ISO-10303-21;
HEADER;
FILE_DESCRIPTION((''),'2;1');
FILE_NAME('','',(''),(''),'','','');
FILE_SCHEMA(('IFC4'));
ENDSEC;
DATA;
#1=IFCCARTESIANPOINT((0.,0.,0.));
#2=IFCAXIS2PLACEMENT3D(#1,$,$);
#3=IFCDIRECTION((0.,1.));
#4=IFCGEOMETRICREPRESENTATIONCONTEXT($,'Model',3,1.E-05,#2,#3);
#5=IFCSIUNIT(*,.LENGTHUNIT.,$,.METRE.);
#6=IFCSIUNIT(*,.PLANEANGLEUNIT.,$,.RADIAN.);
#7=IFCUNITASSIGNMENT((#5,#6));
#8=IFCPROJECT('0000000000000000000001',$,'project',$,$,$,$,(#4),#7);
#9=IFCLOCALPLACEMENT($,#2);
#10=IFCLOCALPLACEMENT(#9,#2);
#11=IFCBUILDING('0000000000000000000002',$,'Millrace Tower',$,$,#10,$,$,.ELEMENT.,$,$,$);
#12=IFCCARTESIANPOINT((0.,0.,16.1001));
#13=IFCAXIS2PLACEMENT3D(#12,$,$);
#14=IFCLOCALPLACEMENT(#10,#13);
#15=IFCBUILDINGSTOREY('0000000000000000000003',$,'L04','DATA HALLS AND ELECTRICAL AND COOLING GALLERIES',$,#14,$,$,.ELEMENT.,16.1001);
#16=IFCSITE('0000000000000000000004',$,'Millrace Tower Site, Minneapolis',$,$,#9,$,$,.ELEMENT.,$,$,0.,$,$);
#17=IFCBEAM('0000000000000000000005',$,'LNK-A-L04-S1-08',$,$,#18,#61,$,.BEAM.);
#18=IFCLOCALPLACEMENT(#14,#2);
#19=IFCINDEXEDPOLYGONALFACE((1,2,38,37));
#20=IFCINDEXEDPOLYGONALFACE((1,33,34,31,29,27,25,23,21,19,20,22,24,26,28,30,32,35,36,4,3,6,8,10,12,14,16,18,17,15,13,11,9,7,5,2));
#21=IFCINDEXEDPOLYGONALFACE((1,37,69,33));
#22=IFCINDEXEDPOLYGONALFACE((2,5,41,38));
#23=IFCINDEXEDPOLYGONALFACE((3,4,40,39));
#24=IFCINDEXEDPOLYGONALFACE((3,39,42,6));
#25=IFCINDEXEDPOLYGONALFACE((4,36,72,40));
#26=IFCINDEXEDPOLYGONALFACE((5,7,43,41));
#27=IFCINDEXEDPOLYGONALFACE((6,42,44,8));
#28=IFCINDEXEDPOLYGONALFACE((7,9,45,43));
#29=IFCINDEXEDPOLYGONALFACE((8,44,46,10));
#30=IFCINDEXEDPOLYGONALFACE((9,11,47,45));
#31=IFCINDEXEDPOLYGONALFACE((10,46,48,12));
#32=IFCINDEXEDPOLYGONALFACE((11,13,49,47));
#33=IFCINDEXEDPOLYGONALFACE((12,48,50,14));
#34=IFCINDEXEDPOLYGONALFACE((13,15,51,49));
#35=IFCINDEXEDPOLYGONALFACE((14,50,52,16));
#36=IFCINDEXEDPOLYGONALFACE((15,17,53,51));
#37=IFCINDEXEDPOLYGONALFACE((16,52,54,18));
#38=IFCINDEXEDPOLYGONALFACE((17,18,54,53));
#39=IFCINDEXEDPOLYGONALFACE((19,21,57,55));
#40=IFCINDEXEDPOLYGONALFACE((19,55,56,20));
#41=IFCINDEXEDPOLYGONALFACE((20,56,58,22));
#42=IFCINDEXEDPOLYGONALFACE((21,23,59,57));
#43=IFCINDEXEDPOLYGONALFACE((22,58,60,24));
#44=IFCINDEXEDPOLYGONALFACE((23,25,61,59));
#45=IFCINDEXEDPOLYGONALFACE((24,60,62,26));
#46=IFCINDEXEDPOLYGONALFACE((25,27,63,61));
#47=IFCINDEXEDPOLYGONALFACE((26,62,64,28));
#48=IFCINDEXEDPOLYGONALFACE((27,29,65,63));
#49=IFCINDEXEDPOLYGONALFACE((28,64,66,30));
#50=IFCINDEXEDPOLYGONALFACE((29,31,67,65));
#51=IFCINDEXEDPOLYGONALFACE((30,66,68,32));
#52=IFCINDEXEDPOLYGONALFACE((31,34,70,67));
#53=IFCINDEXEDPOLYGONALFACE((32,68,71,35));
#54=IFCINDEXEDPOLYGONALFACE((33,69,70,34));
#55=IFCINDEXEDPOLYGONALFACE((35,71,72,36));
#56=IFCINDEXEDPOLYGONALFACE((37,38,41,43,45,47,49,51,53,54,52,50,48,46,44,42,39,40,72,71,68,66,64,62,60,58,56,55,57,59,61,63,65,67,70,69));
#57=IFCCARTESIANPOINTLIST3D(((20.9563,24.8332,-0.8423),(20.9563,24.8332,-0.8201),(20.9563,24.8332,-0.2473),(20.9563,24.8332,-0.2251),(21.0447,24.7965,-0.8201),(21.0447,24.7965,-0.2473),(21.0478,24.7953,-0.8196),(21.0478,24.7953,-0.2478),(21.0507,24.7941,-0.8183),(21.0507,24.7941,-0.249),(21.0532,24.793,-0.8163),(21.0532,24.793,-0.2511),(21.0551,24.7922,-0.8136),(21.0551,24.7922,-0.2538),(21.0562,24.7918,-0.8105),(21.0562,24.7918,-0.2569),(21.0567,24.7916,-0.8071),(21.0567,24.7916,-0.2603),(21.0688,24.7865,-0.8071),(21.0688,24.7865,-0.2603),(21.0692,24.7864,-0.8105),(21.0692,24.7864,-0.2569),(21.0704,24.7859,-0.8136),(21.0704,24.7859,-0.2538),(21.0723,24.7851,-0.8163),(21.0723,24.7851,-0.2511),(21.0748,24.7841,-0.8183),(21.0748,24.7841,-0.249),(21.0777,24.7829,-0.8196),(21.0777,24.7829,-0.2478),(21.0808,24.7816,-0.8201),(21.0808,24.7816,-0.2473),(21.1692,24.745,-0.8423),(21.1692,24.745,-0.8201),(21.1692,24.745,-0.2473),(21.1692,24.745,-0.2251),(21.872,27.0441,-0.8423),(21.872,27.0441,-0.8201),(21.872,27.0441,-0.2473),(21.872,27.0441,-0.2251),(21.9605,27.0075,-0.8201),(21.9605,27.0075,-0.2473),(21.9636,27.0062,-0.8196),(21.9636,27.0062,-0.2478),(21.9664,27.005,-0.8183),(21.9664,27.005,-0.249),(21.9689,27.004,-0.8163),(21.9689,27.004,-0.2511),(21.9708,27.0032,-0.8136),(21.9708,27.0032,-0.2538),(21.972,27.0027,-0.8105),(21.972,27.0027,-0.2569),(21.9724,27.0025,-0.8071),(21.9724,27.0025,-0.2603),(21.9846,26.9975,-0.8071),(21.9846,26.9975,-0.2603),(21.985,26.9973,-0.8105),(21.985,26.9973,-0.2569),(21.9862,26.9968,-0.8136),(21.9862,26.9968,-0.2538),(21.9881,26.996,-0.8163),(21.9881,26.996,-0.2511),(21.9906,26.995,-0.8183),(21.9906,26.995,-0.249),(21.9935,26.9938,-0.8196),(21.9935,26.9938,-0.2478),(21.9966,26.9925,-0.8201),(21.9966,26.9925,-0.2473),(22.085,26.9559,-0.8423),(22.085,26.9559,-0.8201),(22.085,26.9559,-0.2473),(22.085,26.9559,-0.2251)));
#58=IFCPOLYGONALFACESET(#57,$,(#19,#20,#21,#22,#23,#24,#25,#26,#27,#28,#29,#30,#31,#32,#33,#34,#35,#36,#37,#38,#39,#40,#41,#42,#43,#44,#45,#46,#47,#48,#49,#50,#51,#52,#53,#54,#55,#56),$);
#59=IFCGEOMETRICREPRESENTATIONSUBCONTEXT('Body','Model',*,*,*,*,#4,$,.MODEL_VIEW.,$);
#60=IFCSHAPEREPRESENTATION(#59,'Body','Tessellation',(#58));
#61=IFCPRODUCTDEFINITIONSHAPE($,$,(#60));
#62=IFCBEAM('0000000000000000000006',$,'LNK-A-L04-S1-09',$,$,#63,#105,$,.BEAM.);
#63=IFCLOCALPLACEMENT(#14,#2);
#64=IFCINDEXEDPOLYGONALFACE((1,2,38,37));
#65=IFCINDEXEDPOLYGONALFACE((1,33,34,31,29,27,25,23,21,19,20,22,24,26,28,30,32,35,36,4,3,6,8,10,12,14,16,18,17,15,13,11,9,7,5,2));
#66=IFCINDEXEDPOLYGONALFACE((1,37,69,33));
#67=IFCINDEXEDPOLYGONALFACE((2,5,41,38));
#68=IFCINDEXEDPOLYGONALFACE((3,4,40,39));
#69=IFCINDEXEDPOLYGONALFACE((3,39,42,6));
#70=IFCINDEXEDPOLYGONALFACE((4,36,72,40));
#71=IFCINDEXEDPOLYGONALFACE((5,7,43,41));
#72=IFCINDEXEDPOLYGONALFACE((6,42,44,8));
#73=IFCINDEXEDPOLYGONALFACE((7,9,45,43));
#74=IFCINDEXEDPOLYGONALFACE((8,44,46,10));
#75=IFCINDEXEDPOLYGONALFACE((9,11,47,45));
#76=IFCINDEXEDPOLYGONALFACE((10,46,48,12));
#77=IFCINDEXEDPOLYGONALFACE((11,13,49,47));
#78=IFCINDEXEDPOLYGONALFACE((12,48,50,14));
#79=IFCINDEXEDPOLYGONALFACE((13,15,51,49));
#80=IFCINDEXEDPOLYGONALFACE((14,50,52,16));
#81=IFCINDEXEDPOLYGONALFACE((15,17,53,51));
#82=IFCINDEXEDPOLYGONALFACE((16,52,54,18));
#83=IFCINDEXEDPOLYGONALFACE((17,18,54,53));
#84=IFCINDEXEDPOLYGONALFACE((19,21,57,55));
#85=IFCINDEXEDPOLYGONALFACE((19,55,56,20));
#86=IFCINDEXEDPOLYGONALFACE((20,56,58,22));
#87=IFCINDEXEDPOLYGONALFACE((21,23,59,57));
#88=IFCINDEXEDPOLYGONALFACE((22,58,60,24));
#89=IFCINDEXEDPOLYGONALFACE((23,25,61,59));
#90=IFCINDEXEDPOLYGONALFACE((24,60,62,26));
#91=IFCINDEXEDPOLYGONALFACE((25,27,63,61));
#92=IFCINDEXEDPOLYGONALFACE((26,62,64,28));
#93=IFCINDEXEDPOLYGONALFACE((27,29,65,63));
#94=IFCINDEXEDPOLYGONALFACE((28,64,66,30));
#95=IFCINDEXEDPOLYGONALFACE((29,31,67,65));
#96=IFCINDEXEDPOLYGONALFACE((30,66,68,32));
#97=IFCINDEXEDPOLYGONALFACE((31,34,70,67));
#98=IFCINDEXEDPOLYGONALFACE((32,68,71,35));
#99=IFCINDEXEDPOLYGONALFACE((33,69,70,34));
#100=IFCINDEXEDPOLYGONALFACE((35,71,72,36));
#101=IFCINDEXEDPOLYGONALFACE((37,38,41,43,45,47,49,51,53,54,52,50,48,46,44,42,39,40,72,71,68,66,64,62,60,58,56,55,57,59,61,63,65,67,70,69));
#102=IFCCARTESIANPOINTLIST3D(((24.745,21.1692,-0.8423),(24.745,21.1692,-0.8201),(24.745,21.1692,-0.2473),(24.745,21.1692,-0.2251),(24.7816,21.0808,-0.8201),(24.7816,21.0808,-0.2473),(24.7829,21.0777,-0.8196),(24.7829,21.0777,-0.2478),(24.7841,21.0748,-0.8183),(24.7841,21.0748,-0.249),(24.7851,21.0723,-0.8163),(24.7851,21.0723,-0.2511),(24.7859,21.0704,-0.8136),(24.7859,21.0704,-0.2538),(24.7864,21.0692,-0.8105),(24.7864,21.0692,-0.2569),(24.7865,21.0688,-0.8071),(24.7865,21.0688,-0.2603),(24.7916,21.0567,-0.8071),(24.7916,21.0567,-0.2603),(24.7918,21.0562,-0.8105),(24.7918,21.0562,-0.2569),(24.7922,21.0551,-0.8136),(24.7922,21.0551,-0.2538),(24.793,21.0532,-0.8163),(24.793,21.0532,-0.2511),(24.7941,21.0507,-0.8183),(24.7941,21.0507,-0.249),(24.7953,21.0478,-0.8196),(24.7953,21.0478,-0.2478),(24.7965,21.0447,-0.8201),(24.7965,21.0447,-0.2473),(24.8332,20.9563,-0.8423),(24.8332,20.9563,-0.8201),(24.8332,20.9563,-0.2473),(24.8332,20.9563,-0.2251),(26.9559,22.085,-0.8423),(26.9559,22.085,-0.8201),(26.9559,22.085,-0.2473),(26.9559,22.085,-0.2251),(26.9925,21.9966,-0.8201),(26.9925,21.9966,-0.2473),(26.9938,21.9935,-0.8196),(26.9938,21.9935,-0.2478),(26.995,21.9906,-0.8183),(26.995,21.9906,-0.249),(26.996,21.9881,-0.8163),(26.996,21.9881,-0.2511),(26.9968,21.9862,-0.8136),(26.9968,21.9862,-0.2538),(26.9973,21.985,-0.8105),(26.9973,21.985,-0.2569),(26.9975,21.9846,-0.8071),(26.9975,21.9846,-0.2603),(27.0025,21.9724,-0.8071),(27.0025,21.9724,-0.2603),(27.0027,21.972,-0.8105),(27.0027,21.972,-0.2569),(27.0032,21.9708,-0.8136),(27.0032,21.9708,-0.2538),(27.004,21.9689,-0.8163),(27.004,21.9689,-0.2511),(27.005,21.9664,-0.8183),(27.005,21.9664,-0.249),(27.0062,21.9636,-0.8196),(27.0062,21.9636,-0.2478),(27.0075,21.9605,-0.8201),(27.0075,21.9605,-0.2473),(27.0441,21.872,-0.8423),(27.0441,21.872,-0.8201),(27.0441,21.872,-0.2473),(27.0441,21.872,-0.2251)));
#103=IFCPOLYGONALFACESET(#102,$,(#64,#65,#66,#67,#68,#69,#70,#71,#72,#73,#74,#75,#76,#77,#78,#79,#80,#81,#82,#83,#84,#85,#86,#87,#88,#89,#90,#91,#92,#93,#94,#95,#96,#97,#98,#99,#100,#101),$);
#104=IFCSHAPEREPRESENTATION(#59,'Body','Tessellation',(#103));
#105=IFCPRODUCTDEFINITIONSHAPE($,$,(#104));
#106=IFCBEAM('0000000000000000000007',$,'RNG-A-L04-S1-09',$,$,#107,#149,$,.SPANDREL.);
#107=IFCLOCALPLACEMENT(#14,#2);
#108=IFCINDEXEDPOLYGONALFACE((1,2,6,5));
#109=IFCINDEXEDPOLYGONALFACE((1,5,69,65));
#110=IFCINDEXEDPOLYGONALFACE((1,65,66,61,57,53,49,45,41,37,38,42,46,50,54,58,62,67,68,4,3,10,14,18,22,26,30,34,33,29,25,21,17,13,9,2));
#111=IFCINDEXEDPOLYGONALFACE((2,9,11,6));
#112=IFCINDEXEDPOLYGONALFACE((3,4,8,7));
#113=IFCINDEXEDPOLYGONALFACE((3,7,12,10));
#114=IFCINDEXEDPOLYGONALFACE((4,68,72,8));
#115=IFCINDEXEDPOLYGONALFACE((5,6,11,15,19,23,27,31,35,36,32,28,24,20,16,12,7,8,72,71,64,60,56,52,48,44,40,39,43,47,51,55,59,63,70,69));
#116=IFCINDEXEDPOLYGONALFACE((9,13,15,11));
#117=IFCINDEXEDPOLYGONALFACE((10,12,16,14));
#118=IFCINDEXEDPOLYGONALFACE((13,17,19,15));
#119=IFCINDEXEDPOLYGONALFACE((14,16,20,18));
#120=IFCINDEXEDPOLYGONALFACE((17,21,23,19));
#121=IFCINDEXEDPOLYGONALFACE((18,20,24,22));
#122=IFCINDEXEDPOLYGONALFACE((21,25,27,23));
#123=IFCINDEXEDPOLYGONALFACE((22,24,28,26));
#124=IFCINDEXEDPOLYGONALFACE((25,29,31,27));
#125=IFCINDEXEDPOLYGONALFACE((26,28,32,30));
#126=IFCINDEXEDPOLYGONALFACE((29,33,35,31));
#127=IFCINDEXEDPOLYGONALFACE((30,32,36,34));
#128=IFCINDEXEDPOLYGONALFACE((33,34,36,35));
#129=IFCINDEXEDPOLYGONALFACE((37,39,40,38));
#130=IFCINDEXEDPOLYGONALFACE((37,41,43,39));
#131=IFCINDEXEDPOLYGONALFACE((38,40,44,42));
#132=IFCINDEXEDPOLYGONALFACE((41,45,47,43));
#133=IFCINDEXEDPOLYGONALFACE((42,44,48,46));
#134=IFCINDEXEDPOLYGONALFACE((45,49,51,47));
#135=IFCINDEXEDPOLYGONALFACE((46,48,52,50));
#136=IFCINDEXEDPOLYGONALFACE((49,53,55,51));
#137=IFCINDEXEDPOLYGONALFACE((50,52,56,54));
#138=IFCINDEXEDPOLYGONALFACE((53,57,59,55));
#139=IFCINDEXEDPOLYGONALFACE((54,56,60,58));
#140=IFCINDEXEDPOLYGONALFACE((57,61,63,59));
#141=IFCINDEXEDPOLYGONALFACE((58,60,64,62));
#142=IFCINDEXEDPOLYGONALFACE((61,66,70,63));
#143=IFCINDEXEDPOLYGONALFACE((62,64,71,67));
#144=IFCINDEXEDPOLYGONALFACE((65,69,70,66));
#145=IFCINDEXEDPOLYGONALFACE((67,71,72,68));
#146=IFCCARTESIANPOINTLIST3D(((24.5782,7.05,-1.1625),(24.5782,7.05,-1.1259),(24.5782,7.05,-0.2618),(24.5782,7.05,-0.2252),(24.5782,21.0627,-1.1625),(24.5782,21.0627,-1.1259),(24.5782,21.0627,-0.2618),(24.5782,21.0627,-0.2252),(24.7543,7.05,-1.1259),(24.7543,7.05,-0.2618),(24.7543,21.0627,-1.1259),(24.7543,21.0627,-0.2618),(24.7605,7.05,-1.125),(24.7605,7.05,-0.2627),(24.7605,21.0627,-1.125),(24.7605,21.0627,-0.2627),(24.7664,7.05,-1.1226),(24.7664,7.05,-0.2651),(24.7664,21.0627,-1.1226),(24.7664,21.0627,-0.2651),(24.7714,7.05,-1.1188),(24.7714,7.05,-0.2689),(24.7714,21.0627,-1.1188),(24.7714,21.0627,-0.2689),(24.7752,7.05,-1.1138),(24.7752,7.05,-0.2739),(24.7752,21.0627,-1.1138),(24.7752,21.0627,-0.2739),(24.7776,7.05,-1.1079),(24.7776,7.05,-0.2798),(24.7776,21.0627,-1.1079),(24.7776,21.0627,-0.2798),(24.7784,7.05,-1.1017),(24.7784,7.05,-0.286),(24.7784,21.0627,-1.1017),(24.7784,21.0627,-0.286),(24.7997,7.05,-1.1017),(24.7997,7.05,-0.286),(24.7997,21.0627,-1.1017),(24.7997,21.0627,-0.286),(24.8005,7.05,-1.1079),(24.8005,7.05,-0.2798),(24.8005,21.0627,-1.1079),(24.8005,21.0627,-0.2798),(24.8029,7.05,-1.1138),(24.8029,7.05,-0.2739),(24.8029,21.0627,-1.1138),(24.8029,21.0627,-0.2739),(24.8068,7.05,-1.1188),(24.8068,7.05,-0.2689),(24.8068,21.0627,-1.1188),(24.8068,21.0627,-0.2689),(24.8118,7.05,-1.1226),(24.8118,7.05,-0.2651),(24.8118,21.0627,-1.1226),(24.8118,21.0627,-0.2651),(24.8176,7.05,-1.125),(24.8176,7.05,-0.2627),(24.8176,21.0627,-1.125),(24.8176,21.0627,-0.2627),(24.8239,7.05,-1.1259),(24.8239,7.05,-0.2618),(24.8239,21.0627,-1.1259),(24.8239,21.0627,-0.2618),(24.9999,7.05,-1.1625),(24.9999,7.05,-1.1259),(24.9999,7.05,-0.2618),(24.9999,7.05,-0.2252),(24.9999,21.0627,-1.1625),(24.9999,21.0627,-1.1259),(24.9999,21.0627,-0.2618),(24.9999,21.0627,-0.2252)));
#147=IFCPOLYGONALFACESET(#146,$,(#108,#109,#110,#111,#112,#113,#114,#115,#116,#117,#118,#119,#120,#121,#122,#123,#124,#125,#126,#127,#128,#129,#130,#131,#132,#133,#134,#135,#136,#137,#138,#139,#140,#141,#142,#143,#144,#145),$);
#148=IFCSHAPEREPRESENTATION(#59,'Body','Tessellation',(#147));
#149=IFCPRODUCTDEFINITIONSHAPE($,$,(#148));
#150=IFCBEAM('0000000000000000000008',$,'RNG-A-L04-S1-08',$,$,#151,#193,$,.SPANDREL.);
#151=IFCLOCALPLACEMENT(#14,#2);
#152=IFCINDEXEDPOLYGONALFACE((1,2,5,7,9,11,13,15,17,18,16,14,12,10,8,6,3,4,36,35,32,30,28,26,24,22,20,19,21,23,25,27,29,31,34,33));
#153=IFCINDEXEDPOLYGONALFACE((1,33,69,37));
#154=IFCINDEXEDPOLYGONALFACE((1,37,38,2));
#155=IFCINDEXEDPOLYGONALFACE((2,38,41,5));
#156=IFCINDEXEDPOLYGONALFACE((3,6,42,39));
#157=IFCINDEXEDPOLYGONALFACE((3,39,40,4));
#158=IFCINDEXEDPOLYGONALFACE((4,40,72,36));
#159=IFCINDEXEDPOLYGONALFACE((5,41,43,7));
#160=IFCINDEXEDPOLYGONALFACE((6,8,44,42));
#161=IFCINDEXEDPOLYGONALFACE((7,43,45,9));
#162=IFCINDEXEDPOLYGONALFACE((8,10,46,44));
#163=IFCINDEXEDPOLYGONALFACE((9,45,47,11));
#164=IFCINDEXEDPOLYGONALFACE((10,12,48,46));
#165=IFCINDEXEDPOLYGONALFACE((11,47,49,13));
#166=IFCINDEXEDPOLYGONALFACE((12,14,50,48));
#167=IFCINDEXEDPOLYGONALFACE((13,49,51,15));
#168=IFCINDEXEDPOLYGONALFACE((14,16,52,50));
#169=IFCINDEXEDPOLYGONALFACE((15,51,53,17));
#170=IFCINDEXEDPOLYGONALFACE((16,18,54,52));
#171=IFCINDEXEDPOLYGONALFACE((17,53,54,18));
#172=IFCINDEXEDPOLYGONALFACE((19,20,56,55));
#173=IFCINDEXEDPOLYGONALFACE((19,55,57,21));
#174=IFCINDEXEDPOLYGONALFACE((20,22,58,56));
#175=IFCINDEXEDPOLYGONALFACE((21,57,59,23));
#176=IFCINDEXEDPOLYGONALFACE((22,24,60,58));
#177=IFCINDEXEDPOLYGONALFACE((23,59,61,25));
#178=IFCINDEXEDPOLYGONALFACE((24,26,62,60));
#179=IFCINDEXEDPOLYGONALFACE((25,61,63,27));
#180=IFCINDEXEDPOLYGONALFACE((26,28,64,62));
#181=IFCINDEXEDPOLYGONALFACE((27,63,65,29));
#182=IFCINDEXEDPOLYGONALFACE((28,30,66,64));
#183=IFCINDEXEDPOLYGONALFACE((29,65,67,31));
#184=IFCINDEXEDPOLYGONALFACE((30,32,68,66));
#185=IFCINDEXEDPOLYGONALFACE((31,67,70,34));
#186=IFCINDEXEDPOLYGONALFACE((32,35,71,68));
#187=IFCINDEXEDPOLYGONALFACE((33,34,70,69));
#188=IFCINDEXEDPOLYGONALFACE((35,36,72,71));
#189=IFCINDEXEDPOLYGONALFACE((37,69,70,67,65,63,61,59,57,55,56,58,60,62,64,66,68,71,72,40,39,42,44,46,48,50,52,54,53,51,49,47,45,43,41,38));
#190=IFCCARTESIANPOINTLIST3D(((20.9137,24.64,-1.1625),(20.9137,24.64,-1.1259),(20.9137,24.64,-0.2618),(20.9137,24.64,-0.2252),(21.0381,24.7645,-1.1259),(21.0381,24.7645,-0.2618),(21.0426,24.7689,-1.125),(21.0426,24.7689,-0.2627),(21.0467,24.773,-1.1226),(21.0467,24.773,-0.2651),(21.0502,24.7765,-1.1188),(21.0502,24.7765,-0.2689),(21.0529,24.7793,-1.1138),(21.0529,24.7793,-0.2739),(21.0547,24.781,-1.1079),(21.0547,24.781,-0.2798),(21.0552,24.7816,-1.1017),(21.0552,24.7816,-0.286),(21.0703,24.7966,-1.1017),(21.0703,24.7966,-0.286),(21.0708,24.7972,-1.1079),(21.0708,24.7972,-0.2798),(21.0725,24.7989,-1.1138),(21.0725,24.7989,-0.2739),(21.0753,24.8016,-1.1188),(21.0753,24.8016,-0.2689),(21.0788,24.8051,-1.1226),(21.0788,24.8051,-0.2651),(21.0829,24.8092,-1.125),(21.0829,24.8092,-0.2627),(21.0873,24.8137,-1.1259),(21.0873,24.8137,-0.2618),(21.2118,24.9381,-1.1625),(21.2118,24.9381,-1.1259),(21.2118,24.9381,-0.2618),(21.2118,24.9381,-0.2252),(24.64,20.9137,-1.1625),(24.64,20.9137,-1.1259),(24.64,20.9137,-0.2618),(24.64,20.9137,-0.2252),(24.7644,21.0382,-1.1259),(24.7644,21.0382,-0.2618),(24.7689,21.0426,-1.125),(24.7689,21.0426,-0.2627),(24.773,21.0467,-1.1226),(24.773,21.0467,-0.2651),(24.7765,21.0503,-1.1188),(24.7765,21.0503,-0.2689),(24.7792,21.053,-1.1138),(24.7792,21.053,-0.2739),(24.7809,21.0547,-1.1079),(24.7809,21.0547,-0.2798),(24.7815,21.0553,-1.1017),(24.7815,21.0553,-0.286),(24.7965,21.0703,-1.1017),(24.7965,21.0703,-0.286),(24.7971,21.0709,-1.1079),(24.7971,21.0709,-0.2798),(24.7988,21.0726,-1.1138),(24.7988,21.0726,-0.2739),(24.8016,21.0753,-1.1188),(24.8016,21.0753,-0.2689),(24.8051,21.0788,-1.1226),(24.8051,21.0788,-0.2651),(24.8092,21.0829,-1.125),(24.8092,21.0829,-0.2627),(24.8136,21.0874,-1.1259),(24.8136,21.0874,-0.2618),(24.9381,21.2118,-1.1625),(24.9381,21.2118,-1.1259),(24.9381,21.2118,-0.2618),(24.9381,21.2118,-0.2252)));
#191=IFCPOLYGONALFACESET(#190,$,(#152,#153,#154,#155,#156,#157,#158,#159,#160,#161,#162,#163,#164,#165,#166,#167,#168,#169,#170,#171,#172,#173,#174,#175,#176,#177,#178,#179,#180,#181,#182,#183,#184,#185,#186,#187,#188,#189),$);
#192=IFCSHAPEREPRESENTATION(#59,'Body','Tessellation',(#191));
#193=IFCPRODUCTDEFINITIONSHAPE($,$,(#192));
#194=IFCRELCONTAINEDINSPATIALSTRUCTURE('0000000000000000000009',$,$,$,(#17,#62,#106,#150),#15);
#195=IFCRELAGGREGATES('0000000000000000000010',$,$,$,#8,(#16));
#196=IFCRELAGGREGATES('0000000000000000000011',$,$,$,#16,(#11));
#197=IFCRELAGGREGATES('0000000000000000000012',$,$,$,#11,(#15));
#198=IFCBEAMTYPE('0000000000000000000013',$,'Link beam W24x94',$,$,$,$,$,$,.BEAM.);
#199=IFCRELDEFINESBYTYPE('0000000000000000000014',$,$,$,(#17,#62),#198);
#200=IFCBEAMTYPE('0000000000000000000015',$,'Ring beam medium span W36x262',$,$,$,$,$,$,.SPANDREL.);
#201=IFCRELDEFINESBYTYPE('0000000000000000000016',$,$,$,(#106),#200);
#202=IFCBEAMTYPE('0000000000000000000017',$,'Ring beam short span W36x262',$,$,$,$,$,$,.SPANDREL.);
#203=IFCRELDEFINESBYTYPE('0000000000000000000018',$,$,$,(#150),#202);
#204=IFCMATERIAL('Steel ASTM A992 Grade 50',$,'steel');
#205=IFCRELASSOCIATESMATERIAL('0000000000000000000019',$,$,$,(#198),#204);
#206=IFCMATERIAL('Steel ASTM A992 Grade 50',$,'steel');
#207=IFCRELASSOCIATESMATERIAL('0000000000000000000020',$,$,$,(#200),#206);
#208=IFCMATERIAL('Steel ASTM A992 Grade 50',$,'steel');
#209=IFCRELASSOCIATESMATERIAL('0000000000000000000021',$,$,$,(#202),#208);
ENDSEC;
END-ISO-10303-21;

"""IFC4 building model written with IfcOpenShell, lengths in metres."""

from ifc_helpers import new_model, si_unit, direction, frame, origin, origin_2d, place, context, subcontext, project, spatial, i_section, extrude, material, material_profile, profile_set, type_object, element, save


model = new_model("IFC4")

# Units and contexts
model_context = context("Model", 3, precision=1e-05, world=origin(), true_north=direction((0.0, 1.0)))
body_context = subcontext(model_context, "Body", "Model", "MODEL_VIEW")
ifc_project = project(units=[si_unit("LENGTHUNIT", "METRE"), si_unit("PLANEANGLEUNIT", "RADIAN")], contexts=[model_context])

# Site, building, storey
site_placement = place(None, origin())
site = spatial("IfcSite", under=ifc_project, at=site_placement, Name="Millrace Tower Site, Minneapolis", CompositionType="ELEMENT", RefElevation=0.0)
building_placement = place(site_placement, origin())
building = spatial("IfcBuilding", under=site, at=building_placement, Name="Millrace Tower", CompositionType="ELEMENT")
storey_placement = place(building_placement, frame((0.0, 0.0, 16.1001)))
storey = spatial("IfcBuildingStorey", under=building, at=storey_placement, Name="L04", Description="DATA HALLS AND ELECTRICAL AND COOLING GALLERIES", CompositionType="ELEMENT", Elevation=16.1001)

# Beams
ifc_material_1 = material(Name="Steel ASTM A992 Grade 50", Category="steel")
ifc_material_profile_1 = material_profile(ifc_material_1, i_section(OverallWidth=0.2305, OverallDepth=0.6172, WebThickness=0.0132, FlangeThickness=0.0222, FilletRadius=0.0129, at=origin_2d()))
ifc_profile_set_1 = profile_set([ifc_material_profile_1], Name="Steel ASTM A992 Grade 50")
beam_type_1 = type_object("IfcBeamType", Name="Link beam W24x94", PredefinedType="BEAM", material=ifc_profile_set_1)
for number, where, z_axis, x_axis, name in (
    (1, (21.0627, 24.7891, -0.5337), (0.382673, 0.923884, 0.0), (-0.923884, 0.382673, 0.0), "LNK-A-L04-S1-08"),
    (2, (24.7891, 21.0627, -0.5337), (0.923884, 0.382673, 0.0), (-0.382673, 0.923884, 0.0), "LNK-A-L04-S1-09"),
):
    element("IfcBeam", number, at=place(storey_placement, frame(where, z_axis=z_axis, x_axis=x_axis)), inside=storey, type_object=beam_type_1, Name=name, PredefinedType="BEAM", context=body_context, shape_type="SweptSolid", body=[
        extrude(i_section(OverallWidth=0.2305, OverallDepth=0.6172, WebThickness=0.0132, FlangeThickness=0.0222, FilletRadius=0.0129, at=origin_2d()), origin(), (0.0, 0.0, 1.0), 2.3931),
    ])
ifc_material_2 = material(Name="Steel ASTM A992 Grade 50", Category="steel")
ifc_material_profile_2 = material_profile(ifc_material_2, i_section(OverallWidth=0.4216, OverallDepth=0.9373, WebThickness=0.0212, FlangeThickness=0.0366, FilletRadius=0.0242, at=origin_2d()))
ifc_profile_set_2 = profile_set([ifc_material_profile_2], Name="Steel ASTM A992 Grade 50")
beam_type_2 = type_object("IfcBeamType", Name="Ring beam medium span W36x262", PredefinedType="SPANDREL", material=ifc_profile_set_2)
beam_1_placement = place(storey_placement, frame((24.7891, 21.0627, -0.6938), z_axis=(0.0, -1.0, 0.0), x_axis=(1.0, 0.0, 0.0)))
element("IfcBeam", 3, at=beam_1_placement, inside=storey, type_object=beam_type_2, Name="RNG-A-L04-S1-09", PredefinedType="SPANDREL", context=body_context, shape_type="SweptSolid", body=[
    extrude(i_section(OverallWidth=0.4216, OverallDepth=0.9373, WebThickness=0.0212, FlangeThickness=0.0366, FilletRadius=0.0242, at=origin_2d()), origin(), (0.0, 0.0, 1.0), 14.0127),
])
ifc_material_3 = material(Name="Steel ASTM A992 Grade 50", Category="steel")
ifc_material_profile_3 = material_profile(ifc_material_3, i_section(OverallWidth=0.4216, OverallDepth=0.9373, WebThickness=0.0212, FlangeThickness=0.0366, FilletRadius=0.0242, at=origin_2d()))
ifc_profile_set_3 = profile_set([ifc_material_profile_3], Name="Steel ASTM A992 Grade 50")
beam_type_3 = type_object("IfcBeamType", Name="Ring beam short span W36x262", PredefinedType="SPANDREL", material=ifc_profile_set_3)
beam_2_placement = place(storey_placement, frame((21.0627, 24.7891, -0.6938), z_axis=(0.707107, -0.707107, 0.0), x_axis=(0.707107, 0.707107, 0.0)))
element("IfcBeam", 4, at=beam_2_placement, inside=storey, type_object=beam_type_3, Name="RNG-A-L04-S1-08", PredefinedType="SPANDREL", context=body_context, shape_type="SweptSolid", body=[
    extrude(i_section(OverallWidth=0.4216, OverallDepth=0.9373, WebThickness=0.0212, FlangeThickness=0.0366, FilletRadius=0.0242, at=origin_2d()), origin(), (0.0, 0.0, 1.0), 5.2698),
])

save(model, "model.ifc")
